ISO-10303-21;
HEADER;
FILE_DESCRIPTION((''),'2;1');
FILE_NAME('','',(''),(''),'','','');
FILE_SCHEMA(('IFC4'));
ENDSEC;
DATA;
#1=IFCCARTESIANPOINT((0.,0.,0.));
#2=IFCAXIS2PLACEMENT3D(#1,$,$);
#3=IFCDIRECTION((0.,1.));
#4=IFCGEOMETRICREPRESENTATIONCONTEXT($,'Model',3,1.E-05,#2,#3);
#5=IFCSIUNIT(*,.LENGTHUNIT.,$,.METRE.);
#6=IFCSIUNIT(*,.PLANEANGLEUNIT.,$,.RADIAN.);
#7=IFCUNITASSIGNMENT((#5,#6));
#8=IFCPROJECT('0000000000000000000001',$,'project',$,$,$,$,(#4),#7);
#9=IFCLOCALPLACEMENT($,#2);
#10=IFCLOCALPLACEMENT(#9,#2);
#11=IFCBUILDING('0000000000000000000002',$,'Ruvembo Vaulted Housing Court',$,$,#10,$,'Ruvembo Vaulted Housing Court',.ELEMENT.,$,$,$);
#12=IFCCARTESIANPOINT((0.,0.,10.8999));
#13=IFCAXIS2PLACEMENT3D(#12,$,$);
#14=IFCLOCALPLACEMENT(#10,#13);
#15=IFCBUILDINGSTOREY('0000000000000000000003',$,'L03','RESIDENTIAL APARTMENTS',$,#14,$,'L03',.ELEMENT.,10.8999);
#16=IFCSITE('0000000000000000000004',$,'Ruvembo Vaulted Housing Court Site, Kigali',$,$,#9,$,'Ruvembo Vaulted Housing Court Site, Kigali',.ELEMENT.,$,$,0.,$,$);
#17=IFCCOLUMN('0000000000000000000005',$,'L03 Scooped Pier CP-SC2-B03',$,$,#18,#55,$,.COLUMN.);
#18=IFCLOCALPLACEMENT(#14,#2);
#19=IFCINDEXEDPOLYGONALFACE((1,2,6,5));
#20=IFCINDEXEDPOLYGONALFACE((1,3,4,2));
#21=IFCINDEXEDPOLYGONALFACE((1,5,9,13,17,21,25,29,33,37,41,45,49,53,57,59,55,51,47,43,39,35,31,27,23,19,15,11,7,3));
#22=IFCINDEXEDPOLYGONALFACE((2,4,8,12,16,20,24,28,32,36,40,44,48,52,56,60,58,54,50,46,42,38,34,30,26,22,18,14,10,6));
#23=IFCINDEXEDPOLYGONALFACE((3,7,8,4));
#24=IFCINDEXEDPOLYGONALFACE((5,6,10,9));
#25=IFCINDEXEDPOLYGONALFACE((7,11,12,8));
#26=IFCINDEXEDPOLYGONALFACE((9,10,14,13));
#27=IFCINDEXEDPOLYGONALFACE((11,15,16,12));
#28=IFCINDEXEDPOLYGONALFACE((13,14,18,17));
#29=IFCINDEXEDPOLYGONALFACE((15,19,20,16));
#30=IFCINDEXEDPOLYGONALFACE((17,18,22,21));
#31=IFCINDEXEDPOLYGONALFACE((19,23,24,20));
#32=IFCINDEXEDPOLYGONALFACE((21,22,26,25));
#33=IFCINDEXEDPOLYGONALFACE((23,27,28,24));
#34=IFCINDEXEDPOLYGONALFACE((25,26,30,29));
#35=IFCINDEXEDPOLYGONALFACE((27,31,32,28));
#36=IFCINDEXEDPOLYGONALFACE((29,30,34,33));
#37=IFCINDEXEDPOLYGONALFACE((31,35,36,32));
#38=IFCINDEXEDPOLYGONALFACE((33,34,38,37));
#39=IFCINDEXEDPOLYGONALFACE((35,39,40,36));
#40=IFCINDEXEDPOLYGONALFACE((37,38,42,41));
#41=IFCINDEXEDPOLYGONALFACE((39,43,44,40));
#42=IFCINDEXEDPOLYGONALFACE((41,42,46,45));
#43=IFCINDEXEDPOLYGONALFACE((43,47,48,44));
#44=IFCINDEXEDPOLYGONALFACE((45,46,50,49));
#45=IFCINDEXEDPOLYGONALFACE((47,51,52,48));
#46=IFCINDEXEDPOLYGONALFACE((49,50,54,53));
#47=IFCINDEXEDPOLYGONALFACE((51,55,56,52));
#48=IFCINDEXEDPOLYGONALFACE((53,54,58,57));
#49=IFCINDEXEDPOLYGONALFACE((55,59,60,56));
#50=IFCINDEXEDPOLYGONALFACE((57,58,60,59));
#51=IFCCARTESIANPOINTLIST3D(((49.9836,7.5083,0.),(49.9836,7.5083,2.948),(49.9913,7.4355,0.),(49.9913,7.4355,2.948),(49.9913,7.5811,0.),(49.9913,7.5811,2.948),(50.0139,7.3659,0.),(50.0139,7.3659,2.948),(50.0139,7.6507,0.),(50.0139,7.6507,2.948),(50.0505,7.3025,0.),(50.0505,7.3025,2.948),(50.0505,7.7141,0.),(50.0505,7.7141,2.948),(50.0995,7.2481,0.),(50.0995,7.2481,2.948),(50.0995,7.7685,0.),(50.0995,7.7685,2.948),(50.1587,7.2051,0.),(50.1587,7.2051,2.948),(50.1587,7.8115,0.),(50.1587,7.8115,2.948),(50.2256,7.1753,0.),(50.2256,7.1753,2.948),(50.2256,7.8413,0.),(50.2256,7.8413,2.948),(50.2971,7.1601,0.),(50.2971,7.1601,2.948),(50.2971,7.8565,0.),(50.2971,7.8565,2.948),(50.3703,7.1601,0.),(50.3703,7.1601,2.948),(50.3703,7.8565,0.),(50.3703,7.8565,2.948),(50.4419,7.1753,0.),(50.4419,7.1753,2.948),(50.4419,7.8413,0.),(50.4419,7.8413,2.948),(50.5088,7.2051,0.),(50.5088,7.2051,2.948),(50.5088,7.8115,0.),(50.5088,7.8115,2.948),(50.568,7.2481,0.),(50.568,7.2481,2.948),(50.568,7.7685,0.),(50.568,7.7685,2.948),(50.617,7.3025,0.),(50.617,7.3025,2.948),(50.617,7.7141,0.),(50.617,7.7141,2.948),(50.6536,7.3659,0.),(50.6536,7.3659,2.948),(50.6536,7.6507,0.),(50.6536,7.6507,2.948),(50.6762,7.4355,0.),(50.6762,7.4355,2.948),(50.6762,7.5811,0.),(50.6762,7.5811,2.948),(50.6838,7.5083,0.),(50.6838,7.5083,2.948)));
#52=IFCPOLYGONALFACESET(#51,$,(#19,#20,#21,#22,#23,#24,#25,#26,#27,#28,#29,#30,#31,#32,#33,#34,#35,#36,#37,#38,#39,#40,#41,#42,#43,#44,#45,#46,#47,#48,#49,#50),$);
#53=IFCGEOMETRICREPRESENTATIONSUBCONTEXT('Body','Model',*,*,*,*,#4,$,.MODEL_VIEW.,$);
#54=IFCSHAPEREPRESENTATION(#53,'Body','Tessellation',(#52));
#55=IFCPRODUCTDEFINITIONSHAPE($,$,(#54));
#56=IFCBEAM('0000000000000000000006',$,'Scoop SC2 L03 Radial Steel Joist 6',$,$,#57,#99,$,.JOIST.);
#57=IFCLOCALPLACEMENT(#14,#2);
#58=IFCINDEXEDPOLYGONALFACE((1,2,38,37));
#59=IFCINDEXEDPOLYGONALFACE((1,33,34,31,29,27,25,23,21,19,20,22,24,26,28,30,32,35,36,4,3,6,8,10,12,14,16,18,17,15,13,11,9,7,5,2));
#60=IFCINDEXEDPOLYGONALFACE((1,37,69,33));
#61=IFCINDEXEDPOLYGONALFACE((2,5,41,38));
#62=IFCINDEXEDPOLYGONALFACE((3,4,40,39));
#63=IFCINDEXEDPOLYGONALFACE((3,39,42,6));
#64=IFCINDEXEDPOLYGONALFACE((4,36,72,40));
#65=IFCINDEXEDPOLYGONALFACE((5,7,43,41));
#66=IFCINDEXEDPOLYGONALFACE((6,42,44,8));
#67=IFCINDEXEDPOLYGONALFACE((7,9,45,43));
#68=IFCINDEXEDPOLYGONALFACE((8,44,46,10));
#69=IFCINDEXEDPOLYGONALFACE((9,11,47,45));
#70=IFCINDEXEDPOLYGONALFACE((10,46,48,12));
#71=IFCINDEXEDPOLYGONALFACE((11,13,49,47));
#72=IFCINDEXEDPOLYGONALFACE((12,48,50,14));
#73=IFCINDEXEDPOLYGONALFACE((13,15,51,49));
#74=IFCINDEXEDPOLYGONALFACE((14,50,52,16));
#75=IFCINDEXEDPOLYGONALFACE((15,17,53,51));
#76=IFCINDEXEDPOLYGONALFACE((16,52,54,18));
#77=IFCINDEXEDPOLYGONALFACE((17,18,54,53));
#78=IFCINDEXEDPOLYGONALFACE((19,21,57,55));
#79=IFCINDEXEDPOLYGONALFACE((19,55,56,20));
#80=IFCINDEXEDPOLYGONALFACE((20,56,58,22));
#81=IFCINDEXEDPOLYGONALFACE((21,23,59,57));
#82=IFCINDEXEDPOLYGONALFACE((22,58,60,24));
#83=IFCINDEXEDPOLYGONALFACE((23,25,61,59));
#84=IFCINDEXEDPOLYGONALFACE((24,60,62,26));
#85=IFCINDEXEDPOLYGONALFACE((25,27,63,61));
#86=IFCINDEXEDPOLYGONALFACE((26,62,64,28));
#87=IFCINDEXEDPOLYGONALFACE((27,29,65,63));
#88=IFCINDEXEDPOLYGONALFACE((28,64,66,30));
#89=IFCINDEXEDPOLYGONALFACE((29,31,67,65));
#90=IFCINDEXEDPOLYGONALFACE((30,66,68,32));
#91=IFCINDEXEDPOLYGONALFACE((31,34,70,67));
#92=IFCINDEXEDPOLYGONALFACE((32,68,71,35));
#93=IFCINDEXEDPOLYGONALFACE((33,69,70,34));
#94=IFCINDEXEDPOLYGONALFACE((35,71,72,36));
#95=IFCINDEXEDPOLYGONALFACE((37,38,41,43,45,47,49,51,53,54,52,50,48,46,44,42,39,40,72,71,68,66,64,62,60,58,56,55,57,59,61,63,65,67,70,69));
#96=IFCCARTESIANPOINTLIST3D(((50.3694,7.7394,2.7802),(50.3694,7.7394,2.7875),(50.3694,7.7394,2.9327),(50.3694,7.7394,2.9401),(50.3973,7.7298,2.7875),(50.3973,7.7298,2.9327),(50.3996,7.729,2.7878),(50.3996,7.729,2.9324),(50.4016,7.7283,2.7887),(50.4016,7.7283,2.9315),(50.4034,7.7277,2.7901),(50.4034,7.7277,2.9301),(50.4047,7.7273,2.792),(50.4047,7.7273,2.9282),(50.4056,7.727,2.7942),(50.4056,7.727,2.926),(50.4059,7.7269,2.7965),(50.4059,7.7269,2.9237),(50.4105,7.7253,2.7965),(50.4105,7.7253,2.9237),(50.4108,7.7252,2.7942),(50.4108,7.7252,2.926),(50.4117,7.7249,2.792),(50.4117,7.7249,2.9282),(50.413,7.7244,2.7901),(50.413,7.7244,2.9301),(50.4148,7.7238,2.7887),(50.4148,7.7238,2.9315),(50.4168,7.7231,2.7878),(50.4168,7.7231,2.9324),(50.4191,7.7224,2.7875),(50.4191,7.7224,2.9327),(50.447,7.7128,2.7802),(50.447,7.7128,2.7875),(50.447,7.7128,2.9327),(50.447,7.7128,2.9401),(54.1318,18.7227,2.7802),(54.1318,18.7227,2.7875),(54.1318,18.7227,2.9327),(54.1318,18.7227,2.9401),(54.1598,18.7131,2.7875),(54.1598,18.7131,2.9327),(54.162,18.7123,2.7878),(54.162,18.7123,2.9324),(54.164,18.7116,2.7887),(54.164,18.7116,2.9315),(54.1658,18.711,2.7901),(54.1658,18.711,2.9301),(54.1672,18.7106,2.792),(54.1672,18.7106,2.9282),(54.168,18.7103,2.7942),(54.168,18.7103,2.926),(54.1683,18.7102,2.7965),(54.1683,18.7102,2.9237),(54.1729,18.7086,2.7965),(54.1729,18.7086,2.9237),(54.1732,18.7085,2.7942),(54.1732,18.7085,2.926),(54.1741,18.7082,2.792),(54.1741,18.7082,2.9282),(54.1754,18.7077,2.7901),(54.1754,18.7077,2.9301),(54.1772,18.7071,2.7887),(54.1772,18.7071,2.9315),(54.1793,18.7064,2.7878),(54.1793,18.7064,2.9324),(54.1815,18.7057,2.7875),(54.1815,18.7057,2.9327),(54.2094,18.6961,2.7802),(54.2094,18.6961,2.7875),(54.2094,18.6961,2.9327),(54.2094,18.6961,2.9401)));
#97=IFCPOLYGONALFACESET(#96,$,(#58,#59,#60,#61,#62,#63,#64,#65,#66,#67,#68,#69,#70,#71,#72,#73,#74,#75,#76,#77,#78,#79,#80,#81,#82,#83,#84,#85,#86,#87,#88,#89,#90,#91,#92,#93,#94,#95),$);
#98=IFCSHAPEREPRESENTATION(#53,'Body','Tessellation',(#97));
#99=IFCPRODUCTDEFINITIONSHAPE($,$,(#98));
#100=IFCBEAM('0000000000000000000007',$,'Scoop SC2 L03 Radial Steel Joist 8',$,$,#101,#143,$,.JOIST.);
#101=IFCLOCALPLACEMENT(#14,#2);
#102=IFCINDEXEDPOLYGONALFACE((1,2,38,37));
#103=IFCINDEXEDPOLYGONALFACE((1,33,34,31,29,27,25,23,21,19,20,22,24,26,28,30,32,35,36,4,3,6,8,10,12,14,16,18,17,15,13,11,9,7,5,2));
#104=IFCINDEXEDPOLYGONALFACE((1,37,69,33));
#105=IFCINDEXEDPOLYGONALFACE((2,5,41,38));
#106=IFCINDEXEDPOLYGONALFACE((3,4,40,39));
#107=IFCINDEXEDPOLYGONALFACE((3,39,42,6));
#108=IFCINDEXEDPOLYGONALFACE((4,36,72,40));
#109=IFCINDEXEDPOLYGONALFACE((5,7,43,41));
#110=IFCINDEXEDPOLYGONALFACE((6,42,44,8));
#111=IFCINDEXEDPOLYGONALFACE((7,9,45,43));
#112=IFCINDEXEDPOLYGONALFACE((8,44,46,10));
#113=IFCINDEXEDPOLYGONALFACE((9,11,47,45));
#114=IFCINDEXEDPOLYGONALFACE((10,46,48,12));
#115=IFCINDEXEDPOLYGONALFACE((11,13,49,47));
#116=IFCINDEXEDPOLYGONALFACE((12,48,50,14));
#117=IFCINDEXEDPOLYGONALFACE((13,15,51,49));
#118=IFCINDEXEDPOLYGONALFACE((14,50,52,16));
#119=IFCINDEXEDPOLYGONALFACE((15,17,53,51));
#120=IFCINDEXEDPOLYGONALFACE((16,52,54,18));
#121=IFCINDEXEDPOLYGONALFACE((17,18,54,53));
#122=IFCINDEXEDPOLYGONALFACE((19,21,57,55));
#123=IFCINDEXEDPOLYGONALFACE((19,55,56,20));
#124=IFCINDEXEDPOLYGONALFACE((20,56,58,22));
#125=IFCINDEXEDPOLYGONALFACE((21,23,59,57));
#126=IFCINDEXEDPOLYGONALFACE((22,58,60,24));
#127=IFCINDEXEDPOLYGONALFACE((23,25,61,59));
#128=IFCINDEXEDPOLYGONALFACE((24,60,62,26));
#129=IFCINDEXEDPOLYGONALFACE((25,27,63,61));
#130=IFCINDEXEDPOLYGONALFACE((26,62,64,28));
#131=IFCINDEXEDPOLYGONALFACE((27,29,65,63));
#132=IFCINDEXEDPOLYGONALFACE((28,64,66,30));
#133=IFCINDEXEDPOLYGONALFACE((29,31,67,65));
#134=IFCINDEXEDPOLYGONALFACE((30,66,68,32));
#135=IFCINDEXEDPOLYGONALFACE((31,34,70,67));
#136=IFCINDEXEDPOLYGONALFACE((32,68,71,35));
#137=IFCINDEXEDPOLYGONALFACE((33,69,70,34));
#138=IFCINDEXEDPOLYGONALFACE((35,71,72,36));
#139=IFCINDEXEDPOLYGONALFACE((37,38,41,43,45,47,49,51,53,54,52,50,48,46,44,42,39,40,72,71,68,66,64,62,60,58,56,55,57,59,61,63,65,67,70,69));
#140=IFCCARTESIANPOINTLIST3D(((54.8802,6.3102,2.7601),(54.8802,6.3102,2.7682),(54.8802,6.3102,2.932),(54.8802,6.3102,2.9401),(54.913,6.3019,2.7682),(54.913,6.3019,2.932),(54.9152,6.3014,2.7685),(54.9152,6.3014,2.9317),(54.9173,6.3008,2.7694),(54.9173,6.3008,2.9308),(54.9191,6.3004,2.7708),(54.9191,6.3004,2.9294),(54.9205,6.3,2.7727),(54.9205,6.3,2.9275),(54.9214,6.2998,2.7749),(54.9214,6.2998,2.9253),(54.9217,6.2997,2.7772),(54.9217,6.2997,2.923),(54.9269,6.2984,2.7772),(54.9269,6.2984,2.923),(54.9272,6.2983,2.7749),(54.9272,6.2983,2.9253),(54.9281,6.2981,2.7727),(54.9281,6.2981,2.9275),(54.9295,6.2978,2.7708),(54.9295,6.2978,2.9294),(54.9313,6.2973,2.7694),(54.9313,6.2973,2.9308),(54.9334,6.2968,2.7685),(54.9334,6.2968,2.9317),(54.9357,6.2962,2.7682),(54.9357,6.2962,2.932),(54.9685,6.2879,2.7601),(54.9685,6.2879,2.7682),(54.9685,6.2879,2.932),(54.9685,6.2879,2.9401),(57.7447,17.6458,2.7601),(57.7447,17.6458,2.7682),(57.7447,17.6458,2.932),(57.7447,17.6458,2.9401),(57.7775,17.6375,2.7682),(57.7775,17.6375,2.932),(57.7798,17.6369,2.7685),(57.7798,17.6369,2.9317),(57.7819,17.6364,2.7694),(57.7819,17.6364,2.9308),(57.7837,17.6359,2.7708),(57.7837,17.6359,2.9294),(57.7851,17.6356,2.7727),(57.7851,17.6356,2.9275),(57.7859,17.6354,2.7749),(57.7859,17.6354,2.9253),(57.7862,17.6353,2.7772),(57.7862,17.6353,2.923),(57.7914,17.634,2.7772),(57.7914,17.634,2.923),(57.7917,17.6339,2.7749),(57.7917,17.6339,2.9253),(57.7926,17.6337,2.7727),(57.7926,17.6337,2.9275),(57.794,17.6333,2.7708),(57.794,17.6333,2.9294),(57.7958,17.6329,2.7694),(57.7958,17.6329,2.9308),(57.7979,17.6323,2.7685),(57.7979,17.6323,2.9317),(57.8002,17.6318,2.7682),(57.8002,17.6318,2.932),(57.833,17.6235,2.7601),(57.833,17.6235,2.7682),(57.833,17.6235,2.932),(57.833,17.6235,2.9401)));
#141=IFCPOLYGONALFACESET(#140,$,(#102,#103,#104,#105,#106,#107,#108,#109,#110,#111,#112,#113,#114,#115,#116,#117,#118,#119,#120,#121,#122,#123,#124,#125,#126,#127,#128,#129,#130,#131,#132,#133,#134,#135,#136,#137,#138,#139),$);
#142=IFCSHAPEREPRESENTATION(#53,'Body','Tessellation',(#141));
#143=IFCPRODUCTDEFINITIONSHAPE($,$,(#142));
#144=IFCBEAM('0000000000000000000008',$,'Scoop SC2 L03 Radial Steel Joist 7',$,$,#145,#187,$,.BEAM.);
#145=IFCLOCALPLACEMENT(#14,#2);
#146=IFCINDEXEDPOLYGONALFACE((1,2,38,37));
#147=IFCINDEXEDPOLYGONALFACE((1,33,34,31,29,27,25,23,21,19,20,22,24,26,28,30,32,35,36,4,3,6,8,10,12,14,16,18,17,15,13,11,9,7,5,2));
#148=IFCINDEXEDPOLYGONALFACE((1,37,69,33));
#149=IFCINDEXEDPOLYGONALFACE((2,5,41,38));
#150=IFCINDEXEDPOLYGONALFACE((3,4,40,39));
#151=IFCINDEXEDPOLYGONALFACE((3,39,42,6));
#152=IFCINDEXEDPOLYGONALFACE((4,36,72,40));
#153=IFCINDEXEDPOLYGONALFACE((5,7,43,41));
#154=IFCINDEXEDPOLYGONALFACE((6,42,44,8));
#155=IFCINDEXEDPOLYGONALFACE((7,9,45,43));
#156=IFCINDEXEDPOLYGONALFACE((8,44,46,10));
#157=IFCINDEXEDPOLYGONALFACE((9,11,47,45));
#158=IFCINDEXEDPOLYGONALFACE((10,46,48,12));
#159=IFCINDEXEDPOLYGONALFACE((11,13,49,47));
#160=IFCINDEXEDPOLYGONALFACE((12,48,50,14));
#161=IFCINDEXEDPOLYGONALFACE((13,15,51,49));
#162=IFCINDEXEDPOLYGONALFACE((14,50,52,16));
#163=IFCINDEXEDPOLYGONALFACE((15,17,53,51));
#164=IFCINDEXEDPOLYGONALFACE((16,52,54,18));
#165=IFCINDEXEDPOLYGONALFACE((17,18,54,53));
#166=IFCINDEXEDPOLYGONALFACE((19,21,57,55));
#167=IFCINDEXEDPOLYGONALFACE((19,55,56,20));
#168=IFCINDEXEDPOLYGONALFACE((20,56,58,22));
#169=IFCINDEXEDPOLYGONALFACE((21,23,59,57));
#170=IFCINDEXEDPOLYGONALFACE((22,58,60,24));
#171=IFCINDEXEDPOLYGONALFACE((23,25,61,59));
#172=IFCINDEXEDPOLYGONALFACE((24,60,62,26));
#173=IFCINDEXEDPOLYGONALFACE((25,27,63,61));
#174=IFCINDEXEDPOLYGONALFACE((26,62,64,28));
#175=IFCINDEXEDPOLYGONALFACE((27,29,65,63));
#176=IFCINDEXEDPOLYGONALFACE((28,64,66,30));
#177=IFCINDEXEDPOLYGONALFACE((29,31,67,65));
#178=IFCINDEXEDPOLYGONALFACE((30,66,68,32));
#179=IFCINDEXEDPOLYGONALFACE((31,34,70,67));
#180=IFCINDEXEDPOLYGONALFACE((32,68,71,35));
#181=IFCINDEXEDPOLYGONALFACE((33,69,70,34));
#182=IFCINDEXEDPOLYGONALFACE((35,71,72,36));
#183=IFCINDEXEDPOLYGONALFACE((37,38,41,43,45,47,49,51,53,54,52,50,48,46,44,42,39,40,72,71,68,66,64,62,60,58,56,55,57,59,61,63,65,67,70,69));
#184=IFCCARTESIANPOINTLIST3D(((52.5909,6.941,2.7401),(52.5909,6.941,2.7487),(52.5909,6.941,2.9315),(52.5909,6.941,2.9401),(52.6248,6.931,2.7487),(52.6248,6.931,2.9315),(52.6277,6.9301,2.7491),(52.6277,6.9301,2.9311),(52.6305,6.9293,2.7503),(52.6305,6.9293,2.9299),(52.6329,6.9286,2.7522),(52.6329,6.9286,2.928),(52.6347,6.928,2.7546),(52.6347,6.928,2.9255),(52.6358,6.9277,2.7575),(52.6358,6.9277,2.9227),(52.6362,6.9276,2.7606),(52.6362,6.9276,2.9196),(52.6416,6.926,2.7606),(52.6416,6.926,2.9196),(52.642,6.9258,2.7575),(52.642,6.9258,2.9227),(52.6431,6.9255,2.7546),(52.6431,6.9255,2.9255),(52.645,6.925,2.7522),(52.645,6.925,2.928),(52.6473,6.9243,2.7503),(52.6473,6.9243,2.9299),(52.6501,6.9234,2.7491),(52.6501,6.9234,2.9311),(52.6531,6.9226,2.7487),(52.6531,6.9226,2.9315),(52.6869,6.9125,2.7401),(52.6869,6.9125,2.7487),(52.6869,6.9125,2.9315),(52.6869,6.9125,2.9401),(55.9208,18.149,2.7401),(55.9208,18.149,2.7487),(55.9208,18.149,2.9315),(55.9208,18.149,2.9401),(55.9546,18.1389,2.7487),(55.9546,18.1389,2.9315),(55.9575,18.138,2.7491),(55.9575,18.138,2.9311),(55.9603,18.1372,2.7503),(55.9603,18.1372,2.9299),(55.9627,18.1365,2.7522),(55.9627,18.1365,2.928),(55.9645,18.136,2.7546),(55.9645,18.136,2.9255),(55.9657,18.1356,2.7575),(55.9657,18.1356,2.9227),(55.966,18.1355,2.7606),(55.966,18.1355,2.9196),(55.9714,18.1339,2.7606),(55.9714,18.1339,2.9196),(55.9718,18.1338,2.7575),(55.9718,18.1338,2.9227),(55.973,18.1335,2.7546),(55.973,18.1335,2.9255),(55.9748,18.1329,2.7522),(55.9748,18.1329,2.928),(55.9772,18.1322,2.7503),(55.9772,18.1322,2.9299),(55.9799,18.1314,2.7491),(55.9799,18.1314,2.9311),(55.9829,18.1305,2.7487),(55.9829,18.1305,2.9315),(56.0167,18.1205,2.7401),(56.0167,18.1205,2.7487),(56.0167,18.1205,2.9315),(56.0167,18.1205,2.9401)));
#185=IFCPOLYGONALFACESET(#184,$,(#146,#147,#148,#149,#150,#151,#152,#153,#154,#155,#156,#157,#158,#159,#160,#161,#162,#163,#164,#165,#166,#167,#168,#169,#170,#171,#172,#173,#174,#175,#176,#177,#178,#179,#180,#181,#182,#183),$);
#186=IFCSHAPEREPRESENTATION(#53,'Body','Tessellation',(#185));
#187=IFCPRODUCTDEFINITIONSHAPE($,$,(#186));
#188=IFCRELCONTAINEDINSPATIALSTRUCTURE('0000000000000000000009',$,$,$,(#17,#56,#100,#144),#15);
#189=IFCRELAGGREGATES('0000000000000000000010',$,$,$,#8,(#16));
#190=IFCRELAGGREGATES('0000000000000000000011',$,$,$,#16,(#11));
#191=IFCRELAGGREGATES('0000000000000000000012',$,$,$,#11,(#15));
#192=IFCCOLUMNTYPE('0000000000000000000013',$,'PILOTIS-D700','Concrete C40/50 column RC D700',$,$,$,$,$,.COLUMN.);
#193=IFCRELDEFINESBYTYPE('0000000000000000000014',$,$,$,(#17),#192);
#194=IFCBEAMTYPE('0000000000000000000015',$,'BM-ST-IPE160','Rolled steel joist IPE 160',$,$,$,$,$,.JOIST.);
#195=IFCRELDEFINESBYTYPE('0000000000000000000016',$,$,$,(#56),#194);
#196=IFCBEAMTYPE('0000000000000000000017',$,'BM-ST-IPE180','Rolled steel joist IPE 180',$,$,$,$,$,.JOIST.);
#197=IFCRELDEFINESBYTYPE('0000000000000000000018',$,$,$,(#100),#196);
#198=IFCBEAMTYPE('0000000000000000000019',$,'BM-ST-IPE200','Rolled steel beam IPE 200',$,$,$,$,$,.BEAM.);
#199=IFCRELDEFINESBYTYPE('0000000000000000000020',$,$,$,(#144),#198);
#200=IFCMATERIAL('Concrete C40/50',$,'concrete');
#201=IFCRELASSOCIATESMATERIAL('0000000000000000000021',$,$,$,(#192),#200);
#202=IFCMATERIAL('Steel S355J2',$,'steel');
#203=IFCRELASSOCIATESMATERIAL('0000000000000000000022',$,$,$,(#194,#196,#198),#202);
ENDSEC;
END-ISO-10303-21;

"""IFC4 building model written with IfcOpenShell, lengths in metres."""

from ifc_helpers import new_model, si_unit, direction, frame, origin, origin_2d, place, context, subcontext, project, spatial, circle, i_section, extrude, material, material_profile, profile_set, type_object, element, save


model = new_model("IFC4")

# Units and contexts
model_context = context("Model", 3, precision=1e-05, world=origin(), true_north=direction((0.0, 1.0)))
body_context = subcontext(model_context, "Body", "Model", "MODEL_VIEW")
ifc_project = project(units=[si_unit("LENGTHUNIT", "METRE"), si_unit("PLANEANGLEUNIT", "RADIAN")], contexts=[model_context])

# Site, building, storey
site_placement = place(None, origin())
site = spatial("IfcSite", under=ifc_project, at=site_placement, Name="Ruvembo Vaulted Housing Court Site, Kigali", LongName="Ruvembo Vaulted Housing Court Site, Kigali", CompositionType="ELEMENT", RefElevation=0.0)
building_placement = place(site_placement, origin())
building = spatial("IfcBuilding", under=site, at=building_placement, Name="Ruvembo Vaulted Housing Court", LongName="Ruvembo Vaulted Housing Court", CompositionType="ELEMENT")
storey_placement = place(building_placement, frame((0.0, 0.0, 10.8999)))
storey = spatial("IfcBuildingStorey", under=building, at=storey_placement, Name="L03", Description="RESIDENTIAL APARTMENTS", LongName="L03", CompositionType="ELEMENT", Elevation=10.8999)

# Column
ifc_material_1 = material(Name="Concrete C40/50", Category="concrete")
ifc_material_profile_1 = material_profile(ifc_material_1, circle(Radius=0.3501, at=origin_2d()), Name="RC D700")
ifc_profile_set_1 = profile_set([ifc_material_profile_1], Name="Concrete C40/50")
column_type = type_object("IfcColumnType", Name="PILOTIS-D700", Description="Concrete C40/50 column RC D700", PredefinedType="COLUMN", material=ifc_profile_set_1)
column_placement = place(storey_placement, frame((50.3337, 7.5083, 0.0), z_axis=(0.0, 0.0, 1.0), x_axis=(1.0, 0.0, 0.0)))
element("IfcColumn", 1, at=column_placement, inside=storey, type_object=column_type, Name="L03 Scooped Pier CP-SC2-B03", PredefinedType="COLUMN", context=body_context, shape_type="SweptSolid", body=[
    extrude(circle(Radius=0.3501, at=origin_2d()), origin(), (0.0, 0.0, 1.0), 2.948),
])

# Beams
ifc_material_2 = material(Name="Steel S355J2", Category="steel")
ifc_material_profile_2 = material_profile(ifc_material_2, i_section(OverallWidth=0.082, OverallDepth=0.1599, WebThickness=0.0049, FlangeThickness=0.0073, FilletRadius=0.009, at=origin_2d()), Name="IPE 160")
ifc_profile_set_2 = profile_set([ifc_material_profile_2], Name="Steel S355J2")
beam_type_1 = type_object("IfcBeamType", Name="BM-ST-IPE160", Description="Rolled steel joist IPE 160", PredefinedType="JOIST", material=ifc_profile_set_2)
beam_1_placement = place(storey_placement, frame((50.4082, 7.7261, 2.8601), z_axis=(0.324071, 0.946033, 0.0), x_axis=(-0.946033, 0.324071, 0.0)))
element("IfcBeam", 2, at=beam_1_placement, inside=storey, type_object=beam_type_1, Name="Scoop SC2 L03 Radial Steel Joist 6", PredefinedType="JOIST", context=body_context, shape_type="SweptSolid", body=[
    extrude(i_section(OverallWidth=0.082, OverallDepth=0.1599, WebThickness=0.0049, FlangeThickness=0.0073, FilletRadius=0.009, at=origin_2d()), origin(), (0.0, 0.0, 1.0), 11.6099),
])
ifc_material_profile_3 = material_profile(ifc_material_2, i_section(OverallWidth=0.0911, OverallDepth=0.1799, WebThickness=0.0054, FlangeThickness=0.0081, FilletRadius=0.009, at=origin_2d()), Name="IPE 180")
ifc_profile_set_3 = profile_set([ifc_material_profile_3], Name="Steel S355J2")
beam_type_2 = type_object("IfcBeamType", Name="BM-ST-IPE180", Description="Rolled steel joist IPE 180", PredefinedType="JOIST", material=ifc_profile_set_3)
beam_2_placement = place(storey_placement, frame((54.9243, 6.2991, 2.8501), z_axis=(0.245001, 0.969523, 0.0), x_axis=(-0.969523, 0.245001, 0.0)))
element("IfcBeam", 3, at=beam_2_placement, inside=storey, type_object=beam_type_2, Name="Scoop SC2 L03 Radial Steel Joist 8", PredefinedType="JOIST", context=body_context, shape_type="SweptSolid", body=[
    extrude(i_section(OverallWidth=0.0911, OverallDepth=0.1799, WebThickness=0.0054, FlangeThickness=0.0081, FilletRadius=0.009, at=origin_2d()), origin(), (0.0, 0.0, 1.0), 11.6919),
])
ifc_material_profile_4 = material_profile(ifc_material_2, i_section(OverallWidth=0.1001, OverallDepth=0.2, WebThickness=0.0056, FlangeThickness=0.0085, FilletRadius=0.012, at=origin_2d()), Name="IPE 200")
ifc_profile_set_4 = profile_set([ifc_material_profile_4], Name="Steel S355J2")
beam_type_3 = type_object("IfcBeamType", Name="BM-ST-IPE200", Description="Rolled steel beam IPE 200", PredefinedType="BEAM", material=ifc_profile_set_4)
beam_3_placement = place(storey_placement, frame((52.6389, 6.9268, 2.8401), z_axis=(0.284791, 0.95859, 0.0), x_axis=(-0.95859, 0.284791, 0.0)))
element("IfcBeam", 4, at=beam_3_placement, inside=storey, type_object=beam_type_3, Name="Scoop SC2 L03 Radial Steel Joist 7", PredefinedType="BEAM", context=body_context, shape_type="SweptSolid", body=[
    extrude(i_section(OverallWidth=0.1001, OverallDepth=0.2, WebThickness=0.0056, FlangeThickness=0.0085, FilletRadius=0.012, at=origin_2d()), origin(), (0.0, 0.0, 1.0), 11.6921),
])

save(model, "model.ifc")
